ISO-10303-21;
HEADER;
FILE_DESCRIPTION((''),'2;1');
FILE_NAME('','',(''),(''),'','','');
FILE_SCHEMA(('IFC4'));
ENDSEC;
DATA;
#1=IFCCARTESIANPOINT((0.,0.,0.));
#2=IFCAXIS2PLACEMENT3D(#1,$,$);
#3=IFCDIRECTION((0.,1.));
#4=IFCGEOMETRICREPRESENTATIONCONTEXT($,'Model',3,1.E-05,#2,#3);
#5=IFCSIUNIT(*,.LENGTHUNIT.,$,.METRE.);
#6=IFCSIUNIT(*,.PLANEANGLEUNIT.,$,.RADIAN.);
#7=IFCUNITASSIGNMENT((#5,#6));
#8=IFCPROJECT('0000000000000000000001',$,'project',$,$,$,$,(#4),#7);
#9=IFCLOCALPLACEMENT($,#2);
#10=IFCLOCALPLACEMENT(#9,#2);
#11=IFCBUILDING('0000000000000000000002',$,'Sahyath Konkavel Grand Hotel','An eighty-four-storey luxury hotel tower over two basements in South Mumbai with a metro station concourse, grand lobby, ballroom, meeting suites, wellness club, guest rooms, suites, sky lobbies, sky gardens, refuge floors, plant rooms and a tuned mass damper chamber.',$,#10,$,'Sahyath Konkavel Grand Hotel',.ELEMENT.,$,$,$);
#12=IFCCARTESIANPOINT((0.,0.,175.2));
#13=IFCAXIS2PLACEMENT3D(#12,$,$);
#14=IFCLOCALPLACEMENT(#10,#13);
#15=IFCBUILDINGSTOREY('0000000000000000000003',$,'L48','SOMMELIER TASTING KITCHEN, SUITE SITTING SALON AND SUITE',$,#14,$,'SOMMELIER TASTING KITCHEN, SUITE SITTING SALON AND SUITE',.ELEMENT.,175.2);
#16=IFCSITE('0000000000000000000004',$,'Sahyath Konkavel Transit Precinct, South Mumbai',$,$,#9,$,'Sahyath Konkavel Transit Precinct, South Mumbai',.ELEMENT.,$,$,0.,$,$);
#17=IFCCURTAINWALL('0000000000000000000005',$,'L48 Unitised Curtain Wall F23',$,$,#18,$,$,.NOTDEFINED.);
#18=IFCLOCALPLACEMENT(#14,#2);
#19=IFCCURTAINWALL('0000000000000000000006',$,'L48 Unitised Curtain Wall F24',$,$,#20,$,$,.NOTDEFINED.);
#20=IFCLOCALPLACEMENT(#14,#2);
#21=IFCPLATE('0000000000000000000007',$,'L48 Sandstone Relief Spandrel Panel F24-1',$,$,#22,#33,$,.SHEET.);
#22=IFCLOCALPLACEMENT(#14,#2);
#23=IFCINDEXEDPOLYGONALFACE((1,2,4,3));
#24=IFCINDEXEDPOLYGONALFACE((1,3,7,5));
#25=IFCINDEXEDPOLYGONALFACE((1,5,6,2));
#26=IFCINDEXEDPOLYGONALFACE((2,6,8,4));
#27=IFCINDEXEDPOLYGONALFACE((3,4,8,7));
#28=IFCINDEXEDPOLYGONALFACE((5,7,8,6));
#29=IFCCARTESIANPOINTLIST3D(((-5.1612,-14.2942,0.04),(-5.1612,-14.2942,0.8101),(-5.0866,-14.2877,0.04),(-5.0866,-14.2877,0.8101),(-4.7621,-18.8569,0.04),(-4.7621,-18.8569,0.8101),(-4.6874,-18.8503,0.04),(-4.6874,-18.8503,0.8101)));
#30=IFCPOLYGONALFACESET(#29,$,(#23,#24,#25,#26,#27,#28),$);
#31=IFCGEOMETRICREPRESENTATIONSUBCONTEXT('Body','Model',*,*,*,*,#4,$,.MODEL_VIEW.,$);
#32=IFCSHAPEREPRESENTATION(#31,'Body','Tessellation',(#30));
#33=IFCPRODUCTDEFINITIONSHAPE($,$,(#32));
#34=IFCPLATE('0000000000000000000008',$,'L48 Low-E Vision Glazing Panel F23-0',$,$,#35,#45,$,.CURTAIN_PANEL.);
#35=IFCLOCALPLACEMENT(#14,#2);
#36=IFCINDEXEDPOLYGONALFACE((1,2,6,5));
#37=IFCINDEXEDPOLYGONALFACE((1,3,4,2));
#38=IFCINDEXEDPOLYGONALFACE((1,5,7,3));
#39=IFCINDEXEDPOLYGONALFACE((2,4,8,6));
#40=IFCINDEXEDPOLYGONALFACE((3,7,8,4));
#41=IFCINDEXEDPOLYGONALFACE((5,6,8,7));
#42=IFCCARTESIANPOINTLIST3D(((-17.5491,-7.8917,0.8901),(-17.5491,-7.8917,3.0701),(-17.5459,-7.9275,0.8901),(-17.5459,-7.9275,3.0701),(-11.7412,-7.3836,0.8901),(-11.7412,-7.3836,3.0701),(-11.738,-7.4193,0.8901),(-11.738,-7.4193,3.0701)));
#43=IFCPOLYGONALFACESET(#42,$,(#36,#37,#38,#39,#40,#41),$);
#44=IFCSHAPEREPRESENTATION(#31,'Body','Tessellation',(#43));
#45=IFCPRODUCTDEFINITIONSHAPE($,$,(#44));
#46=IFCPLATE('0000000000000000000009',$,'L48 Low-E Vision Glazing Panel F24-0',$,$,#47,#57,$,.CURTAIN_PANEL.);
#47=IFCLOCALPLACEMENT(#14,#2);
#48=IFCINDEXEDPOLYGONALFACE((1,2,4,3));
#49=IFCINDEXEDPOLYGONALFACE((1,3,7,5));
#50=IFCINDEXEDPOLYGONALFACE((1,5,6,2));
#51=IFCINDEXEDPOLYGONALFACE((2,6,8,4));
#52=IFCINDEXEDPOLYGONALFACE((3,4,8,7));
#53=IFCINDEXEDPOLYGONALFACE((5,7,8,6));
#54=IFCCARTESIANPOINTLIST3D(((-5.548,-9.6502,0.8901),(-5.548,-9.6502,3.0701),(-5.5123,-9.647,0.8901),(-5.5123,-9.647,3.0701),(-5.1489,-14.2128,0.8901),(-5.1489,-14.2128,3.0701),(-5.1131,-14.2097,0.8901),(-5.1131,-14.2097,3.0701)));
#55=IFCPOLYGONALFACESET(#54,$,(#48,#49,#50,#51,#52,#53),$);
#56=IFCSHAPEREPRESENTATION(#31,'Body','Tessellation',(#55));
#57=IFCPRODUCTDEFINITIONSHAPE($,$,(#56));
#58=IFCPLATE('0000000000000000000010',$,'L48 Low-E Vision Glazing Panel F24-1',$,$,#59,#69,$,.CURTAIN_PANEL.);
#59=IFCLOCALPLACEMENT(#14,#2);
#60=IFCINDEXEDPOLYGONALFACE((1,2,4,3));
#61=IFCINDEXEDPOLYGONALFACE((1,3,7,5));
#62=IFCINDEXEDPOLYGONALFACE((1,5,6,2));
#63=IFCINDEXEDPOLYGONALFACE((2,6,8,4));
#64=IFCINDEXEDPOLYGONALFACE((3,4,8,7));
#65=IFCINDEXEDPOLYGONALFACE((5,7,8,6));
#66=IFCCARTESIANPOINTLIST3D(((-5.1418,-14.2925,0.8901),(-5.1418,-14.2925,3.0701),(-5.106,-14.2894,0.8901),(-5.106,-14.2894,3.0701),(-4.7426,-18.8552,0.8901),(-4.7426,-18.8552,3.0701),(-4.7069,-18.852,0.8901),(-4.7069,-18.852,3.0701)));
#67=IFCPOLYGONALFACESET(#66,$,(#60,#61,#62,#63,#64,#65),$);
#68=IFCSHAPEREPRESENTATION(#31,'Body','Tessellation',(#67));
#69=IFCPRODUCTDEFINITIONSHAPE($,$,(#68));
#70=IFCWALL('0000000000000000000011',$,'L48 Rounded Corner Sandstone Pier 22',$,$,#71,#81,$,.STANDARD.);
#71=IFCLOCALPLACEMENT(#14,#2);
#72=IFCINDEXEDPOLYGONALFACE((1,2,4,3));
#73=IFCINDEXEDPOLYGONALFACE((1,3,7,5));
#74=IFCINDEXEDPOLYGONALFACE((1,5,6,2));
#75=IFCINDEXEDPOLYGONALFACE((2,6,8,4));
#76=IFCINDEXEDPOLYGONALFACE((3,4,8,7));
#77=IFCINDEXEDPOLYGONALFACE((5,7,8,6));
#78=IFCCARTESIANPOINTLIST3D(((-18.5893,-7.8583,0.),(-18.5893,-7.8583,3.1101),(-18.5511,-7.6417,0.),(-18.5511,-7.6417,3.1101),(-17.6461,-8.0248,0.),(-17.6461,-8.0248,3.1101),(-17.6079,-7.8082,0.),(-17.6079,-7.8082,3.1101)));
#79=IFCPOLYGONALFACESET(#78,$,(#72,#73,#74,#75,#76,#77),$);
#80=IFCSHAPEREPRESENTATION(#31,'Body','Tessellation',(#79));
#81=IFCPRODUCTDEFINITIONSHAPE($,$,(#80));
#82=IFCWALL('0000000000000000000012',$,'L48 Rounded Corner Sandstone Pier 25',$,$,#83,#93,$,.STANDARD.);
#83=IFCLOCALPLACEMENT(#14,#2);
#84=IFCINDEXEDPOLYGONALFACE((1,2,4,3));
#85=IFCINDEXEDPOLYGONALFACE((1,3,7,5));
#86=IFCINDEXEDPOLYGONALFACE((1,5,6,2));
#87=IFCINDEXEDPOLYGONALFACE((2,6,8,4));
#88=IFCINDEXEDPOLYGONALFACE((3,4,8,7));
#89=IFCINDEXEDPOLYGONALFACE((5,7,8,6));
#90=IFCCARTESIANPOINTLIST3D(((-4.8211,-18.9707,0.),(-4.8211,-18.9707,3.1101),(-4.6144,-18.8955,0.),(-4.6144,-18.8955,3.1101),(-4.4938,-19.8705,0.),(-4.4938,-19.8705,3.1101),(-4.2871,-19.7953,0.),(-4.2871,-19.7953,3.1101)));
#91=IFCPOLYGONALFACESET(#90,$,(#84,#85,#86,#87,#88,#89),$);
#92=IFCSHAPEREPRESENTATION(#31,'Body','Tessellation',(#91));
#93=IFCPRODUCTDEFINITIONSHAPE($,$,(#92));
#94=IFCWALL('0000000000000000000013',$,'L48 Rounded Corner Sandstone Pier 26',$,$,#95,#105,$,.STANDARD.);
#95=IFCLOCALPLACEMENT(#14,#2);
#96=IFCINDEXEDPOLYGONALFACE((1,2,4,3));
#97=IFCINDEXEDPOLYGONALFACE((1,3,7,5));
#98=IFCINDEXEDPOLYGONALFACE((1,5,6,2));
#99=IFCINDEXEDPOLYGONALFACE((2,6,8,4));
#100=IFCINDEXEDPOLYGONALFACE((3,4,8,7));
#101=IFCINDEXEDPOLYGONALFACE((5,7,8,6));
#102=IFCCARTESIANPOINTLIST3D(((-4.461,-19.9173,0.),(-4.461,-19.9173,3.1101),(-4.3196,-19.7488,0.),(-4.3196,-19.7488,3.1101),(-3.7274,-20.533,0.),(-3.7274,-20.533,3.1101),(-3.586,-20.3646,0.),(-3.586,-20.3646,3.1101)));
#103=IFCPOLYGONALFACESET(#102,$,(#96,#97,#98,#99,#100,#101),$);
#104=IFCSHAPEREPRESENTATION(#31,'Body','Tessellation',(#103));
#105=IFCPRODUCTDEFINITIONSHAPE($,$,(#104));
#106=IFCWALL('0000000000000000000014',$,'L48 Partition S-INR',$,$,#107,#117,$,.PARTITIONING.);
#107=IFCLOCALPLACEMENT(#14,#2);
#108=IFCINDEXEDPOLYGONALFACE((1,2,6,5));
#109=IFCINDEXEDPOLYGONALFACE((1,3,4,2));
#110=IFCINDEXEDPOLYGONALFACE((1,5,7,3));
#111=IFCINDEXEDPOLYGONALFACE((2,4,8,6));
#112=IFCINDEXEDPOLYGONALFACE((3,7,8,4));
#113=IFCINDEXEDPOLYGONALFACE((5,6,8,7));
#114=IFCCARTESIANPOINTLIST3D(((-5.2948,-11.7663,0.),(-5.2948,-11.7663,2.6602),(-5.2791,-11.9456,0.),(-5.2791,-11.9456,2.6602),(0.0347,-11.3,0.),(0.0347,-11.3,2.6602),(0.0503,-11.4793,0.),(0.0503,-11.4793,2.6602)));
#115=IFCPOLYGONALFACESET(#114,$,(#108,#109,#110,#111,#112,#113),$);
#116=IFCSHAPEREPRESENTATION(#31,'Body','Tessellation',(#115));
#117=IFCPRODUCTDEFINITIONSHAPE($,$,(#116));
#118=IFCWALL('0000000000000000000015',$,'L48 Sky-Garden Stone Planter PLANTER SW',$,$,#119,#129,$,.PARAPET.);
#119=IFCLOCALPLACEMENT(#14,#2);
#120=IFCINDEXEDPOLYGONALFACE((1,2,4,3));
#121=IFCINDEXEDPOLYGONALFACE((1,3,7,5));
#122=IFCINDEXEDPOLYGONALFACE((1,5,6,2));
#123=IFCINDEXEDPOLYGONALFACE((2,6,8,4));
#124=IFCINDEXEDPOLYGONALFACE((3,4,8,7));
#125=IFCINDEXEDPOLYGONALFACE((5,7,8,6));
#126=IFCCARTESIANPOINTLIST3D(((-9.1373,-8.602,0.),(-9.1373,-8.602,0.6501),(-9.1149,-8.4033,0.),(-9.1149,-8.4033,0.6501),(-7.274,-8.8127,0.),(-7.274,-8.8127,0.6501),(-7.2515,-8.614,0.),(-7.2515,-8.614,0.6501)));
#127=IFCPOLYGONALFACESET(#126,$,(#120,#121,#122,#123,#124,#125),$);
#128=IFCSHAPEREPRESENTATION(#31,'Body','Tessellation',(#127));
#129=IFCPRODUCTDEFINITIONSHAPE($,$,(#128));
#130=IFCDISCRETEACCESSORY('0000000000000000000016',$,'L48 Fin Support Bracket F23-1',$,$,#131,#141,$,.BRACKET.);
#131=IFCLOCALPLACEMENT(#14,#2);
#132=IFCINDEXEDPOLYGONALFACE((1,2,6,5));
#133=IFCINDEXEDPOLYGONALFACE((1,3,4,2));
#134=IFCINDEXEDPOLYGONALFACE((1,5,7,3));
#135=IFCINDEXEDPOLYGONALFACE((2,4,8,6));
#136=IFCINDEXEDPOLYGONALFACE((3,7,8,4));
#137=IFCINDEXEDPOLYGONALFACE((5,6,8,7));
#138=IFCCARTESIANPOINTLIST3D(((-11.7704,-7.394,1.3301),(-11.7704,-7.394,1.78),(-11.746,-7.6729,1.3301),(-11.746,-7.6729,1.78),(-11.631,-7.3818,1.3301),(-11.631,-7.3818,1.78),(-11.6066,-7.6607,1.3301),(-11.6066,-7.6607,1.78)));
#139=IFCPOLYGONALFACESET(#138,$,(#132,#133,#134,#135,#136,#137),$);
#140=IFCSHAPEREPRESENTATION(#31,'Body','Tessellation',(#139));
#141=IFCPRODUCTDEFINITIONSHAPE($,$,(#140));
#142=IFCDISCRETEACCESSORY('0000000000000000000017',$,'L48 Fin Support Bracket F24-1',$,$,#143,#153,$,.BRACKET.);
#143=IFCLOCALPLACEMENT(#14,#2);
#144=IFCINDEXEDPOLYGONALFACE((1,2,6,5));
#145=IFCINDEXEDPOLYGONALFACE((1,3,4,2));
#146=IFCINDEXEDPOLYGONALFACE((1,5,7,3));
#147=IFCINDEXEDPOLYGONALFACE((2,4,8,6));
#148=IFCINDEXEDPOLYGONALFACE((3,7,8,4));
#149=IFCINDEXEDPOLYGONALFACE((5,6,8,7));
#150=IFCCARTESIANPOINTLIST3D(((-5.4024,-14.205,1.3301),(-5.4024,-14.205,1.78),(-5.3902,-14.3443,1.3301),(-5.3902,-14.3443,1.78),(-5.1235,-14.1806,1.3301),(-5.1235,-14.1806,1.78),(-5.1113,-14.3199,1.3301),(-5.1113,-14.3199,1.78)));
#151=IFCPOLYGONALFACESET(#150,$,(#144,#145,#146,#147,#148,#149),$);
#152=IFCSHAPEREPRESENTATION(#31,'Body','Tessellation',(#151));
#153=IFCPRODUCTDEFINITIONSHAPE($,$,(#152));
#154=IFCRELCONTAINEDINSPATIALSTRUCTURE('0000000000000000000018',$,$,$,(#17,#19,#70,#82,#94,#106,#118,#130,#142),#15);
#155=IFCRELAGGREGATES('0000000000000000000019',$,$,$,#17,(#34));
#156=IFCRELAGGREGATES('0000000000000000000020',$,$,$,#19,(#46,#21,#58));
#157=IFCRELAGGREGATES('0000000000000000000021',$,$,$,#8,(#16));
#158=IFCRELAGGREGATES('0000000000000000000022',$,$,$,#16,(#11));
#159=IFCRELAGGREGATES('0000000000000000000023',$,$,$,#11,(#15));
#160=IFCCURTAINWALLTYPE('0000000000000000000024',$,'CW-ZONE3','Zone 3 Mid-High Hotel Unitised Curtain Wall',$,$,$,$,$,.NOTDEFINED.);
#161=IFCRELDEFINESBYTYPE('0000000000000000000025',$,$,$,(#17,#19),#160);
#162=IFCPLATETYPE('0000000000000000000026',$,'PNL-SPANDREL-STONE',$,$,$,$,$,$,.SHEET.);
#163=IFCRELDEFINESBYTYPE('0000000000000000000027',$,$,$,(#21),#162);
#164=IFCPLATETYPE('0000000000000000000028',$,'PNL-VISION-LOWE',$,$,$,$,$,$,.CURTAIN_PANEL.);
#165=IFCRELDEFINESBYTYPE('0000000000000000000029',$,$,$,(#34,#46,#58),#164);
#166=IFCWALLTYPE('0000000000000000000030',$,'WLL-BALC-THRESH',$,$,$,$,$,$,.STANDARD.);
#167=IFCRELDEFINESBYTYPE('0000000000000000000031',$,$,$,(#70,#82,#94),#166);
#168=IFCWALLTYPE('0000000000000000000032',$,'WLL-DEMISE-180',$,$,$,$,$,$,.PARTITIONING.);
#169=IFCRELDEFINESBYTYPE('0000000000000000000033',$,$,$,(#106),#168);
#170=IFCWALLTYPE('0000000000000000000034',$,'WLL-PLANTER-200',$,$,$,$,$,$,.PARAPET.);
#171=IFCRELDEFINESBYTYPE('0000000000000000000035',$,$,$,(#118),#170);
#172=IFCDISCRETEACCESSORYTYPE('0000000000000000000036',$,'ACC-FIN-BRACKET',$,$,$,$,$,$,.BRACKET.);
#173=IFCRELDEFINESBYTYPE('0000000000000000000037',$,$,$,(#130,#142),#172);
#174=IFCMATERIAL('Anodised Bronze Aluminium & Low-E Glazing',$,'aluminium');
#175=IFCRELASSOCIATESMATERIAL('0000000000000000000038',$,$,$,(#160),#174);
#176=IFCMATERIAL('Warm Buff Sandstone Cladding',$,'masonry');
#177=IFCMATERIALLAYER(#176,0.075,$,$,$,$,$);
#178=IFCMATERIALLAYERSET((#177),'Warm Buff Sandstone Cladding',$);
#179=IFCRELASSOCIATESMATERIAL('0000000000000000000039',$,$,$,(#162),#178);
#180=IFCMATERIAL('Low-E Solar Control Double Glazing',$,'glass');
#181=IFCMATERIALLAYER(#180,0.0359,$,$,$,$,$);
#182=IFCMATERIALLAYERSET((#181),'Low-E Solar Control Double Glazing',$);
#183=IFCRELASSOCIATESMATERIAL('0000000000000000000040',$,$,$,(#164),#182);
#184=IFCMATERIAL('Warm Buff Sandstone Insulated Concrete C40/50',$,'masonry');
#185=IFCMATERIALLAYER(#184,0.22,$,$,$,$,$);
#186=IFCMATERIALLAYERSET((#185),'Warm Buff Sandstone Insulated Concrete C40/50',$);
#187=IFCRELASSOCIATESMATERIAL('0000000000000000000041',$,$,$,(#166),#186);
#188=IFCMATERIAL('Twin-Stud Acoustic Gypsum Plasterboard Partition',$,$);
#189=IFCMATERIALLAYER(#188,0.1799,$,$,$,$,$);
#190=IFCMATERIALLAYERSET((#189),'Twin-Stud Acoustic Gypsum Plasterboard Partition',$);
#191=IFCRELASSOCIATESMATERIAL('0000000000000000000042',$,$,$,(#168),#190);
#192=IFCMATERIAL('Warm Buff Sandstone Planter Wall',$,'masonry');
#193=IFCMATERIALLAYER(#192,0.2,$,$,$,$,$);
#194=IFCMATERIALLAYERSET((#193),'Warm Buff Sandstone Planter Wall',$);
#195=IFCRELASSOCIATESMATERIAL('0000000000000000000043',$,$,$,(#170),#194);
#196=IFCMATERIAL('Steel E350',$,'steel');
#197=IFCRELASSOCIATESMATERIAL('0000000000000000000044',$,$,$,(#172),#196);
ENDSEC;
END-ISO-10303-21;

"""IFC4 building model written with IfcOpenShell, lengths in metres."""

from ifc_helpers import new_model, si_unit, direction, frame, frame_2d, origin, origin_2d, place, context, subcontext, project, spatial, rectangle, extrude, source, transform, mapped, material, layer, layer_set, type_object, element, aggregate, save


model = new_model("IFC4")

# Units and contexts
model_context = context("Model", 3, precision=1e-05, world=origin(), true_north=direction((0.0, 1.0)))
body_context = subcontext(model_context, "Body", "Model", "MODEL_VIEW")
ifc_project = project(units=[si_unit("LENGTHUNIT", "METRE"), si_unit("PLANEANGLEUNIT", "RADIAN")], contexts=[model_context])

# Site, building, storey
site_placement = place(None, origin())
site = spatial("IfcSite", under=ifc_project, at=site_placement, Name="Sahyath Konkavel Transit Precinct, South Mumbai", LongName="Sahyath Konkavel Transit Precinct, South Mumbai", CompositionType="ELEMENT", RefElevation=0.0)
building_placement = place(site_placement, origin())
building = spatial("IfcBuilding", under=site, at=building_placement, Name="Sahyath Konkavel Grand Hotel", Description="An eighty-four-storey luxury hotel tower over two basements in South Mumbai with a metro station concourse, grand lobby, ballroom, meeting suites, wellness club, guest rooms, suites, sky lobbies, sky gardens, refuge floors, plant rooms and a tuned mass damper chamber.", LongName="Sahyath Konkavel Grand Hotel", CompositionType="ELEMENT")
storey_placement = place(building_placement, frame((0.0, 0.0, 175.2)))
storey = spatial("IfcBuildingStorey", under=building, at=storey_placement, Name="L48", Description="SOMMELIER TASTING KITCHEN, SUITE SITTING SALON AND SUITE", LongName="SOMMELIER TASTING KITCHEN, SUITE SITTING SALON AND SUITE", CompositionType="ELEMENT", Elevation=175.2)

# Curtain walls
ifc_material_1 = material(Name="Anodised Bronze Aluminium & Low-E Glazing", Category="aluminium")
curtain_wall_type = type_object("IfcCurtainWallType", Name="CW-ZONE3", Description="Zone 3 Mid-High Hotel Unitised Curtain Wall", PredefinedType="NOTDEFINED", material=ifc_material_1)
curtain_wall_1_placement = place(storey_placement, origin())
curtain_wall_1 = element("IfcCurtainWall", 1, at=curtain_wall_1_placement, inside=storey, type_object=curtain_wall_type, Name="L48 Unitised Curtain Wall F23", PredefinedType="NOTDEFINED")
curtain_wall_2_placement = place(storey_placement, origin())
curtain_wall_2 = element("IfcCurtainWall", 2, at=curtain_wall_2_placement, inside=storey, type_object=curtain_wall_type, Name="L48 Unitised Curtain Wall F24", PredefinedType="NOTDEFINED")

# Plates
ifc_material_2 = material(Name="Warm Buff Sandstone Cladding", Category="masonry")
ifc_layer_1 = layer(ifc_material_2, 0.075)
ifc_layer_set_1 = layer_set([ifc_layer_1], Name="Warm Buff Sandstone Cladding")
plate_type_1 = type_object("IfcPlateType", Name="PNL-SPANDREL-STONE", PredefinedType="SHEET", material=ifc_layer_set_1)
shared_shape_1 = source(origin(), body_context, "Body", "SweptSolid", [
    extrude(rectangle(XDim=4.5801, YDim=0.075, at=origin_2d()), origin(), (0.0, 0.0, 1.0), 0.77),
])
plate_1_placement = place(storey_placement, frame((-4.9243, -16.5723, 0.04), z_axis=(0.0, 0.0, 1.0), x_axis=(0.087156, -0.996195, 0.0)))
plate_1 = element("IfcPlate", 3, at=plate_1_placement, type_object=plate_type_1, Name="L48 Sandstone Relief Spandrel Panel F24-1", PredefinedType="SHEET", context=body_context, shape_type="MappedRepresentation", body=[
    mapped(shared_shape_1, transform((0.0, 0.0, 0.0), scale=1.0)),
])
ifc_material_3 = material(Name="Low-E Solar Control Double Glazing", Category="glass")
ifc_layer_2 = layer(ifc_material_3, 0.0359)
ifc_layer_set_2 = layer_set([ifc_layer_2], Name="Low-E Solar Control Double Glazing")
plate_type_2 = type_object("IfcPlateType", Name="PNL-VISION-LOWE", PredefinedType="CURTAIN_PANEL", material=ifc_layer_set_2)
shared_shape_2 = source(origin(), body_context, "Body", "SweptSolid", [
    extrude(rectangle(XDim=5.8301, YDim=0.0359, at=origin_2d()), origin(), (0.0, 0.0, 1.0), 2.1799),
])
plate_2_placement = place(storey_placement, frame((-14.6436, -7.6555, 0.8901), z_axis=(0.0, 0.0, 1.0), x_axis=(0.996195, 0.087156, 0.0)))
plate_2 = element("IfcPlate", 4, at=plate_2_placement, type_object=plate_type_2, Name="L48 Low-E Vision Glazing Panel F23-0", PredefinedType="CURTAIN_PANEL", context=body_context, shape_type="MappedRepresentation", body=[
    mapped(shared_shape_2, transform((0.0, 0.0, 0.0), scale=1.0)),
])
aggregate(curtain_wall_1, [plate_2])
shared_shape_3 = source(origin(), body_context, "Body", "SweptSolid", [
    extrude(rectangle(XDim=4.5801, YDim=0.0359, at=origin_2d()), origin(), (0.0, 0.0, 1.0), 2.1799),
])
plate_3_placement = place(storey_placement, frame((-5.3306, -11.9299, 0.8901), z_axis=(0.0, 0.0, 1.0), x_axis=(0.087156, -0.996195, 0.0)))
plate_3 = element("IfcPlate", 5, at=plate_3_placement, type_object=plate_type_2, Name="L48 Low-E Vision Glazing Panel F24-0", PredefinedType="CURTAIN_PANEL", context=body_context, shape_type="MappedRepresentation", body=[
    mapped(shared_shape_3, transform((0.0, 0.0, 0.0), scale=1.0)),
])
plate_4_placement = place(storey_placement, frame((-4.9243, -16.5723, 0.8901), z_axis=(0.0, 0.0, 1.0), x_axis=(0.087156, -0.996195, 0.0)))
plate_4 = element("IfcPlate", 6, at=plate_4_placement, type_object=plate_type_2, Name="L48 Low-E Vision Glazing Panel F24-1", PredefinedType="CURTAIN_PANEL", context=body_context, shape_type="MappedRepresentation", body=[
    mapped(shared_shape_3, transform((0.0, 0.0, 0.0), scale=1.0)),
])
aggregate(curtain_wall_2, [plate_3, plate_1, plate_4])

# Walls
ifc_material_4 = material(Name="Warm Buff Sandstone Insulated Concrete C40/50", Category="masonry")
ifc_layer_3 = layer(ifc_material_4, 0.22)
ifc_layer_set_3 = layer_set([ifc_layer_3], Name="Warm Buff Sandstone Insulated Concrete C40/50")
wall_type_1 = type_object("IfcWallType", Name="WLL-BALC-THRESH", PredefinedType="STANDARD", material=ifc_layer_set_3)
wall_1_placement = place(storey_placement, frame((-18.5703, -7.75, 0.0), z_axis=(0.0, 0.0, 1.0), x_axis=(0.984771, -0.173858, 0.0)))
element("IfcWall", 7, at=wall_1_placement, inside=storey, type_object=wall_type_1, Name="L48 Rounded Corner Sandstone Pier 22", PredefinedType="STANDARD", context=body_context, shape_type="SweptSolid", body=[
    extrude(rectangle(XDim=0.9578, YDim=0.22, at=frame_2d((0.479, 0.0))), origin(), (0.0, 0.0, 1.0), 3.1101),
])
wall_2_placement = place(storey_placement, frame((-4.7178, -18.9331, 0.0), z_axis=(0.0, 0.0, 1.0), x_axis=(0.341886, -0.939741, 0.0)))
element("IfcWall", 8, at=wall_2_placement, inside=storey, type_object=wall_type_1, Name="L48 Rounded Corner Sandstone Pier 25", PredefinedType="STANDARD", context=body_context, shape_type="SweptSolid", body=[
    extrude(rectangle(XDim=0.9575, YDim=0.22, at=frame_2d((0.4788, 0.0))), origin(), (0.0, 0.0, 1.0), 3.1101),
])
wall_3_placement = place(storey_placement, frame((-4.3904, -19.833, 0.0), z_axis=(0.0, 0.0, 1.0), x_axis=(0.765981, -0.642863, 0.0)))
element("IfcWall", 9, at=wall_3_placement, inside=storey, type_object=wall_type_1, Name="L48 Rounded Corner Sandstone Pier 26", PredefinedType="STANDARD", context=body_context, shape_type="SweptSolid", body=[
    extrude(rectangle(XDim=0.9578, YDim=0.22, at=frame_2d((0.479, 0.0))), origin(), (0.0, 0.0, 1.0), 3.1101),
])
ifc_material_5 = material(Name="Twin-Stud Acoustic Gypsum Plasterboard Partition")
ifc_layer_4 = layer(ifc_material_5, 0.1799)
ifc_layer_set_4 = layer_set([ifc_layer_4], Name="Twin-Stud Acoustic Gypsum Plasterboard Partition")
wall_type_2 = type_object("IfcWallType", Name="WLL-DEMISE-180", PredefinedType="PARTITIONING", material=ifc_layer_set_4)
wall_4_placement = place(storey_placement, frame((-5.2869, -11.856, 0.0), z_axis=(0.0, 0.0, 1.0), x_axis=(0.996194, 0.087161, 0.0)))
element("IfcWall", 10, at=wall_4_placement, inside=storey, type_object=wall_type_2, Name="L48 Partition S-INR", PredefinedType="PARTITIONING", context=body_context, shape_type="SweptSolid", body=[
    extrude(rectangle(XDim=5.3499, YDim=0.1799, at=frame_2d((2.6748, 0.0))), origin(), (0.0, 0.0, 1.0), 2.6602),
])
ifc_material_6 = material(Name="Warm Buff Sandstone Planter Wall", Category="masonry")
ifc_layer_5 = layer(ifc_material_6, 0.2)
ifc_layer_set_5 = layer_set([ifc_layer_5], Name="Warm Buff Sandstone Planter Wall")
wall_type_3 = type_object("IfcWallType", Name="WLL-PLANTER-200", PredefinedType="PARAPET", material=ifc_layer_set_5)
wall_5_placement = place(storey_placement, frame((-9.126, -8.5027, 0.0), z_axis=(0.0, 0.0, 1.0), x_axis=(0.993668, -0.11236, 0.0)))
element("IfcWall", 11, at=wall_5_placement, inside=storey, type_object=wall_type_3, Name="L48 Sky-Garden Stone Planter PLANTER SW", PredefinedType="PARAPET", context=body_context, shape_type="SweptSolid", body=[
    extrude(rectangle(XDim=1.8752, YDim=0.2, at=frame_2d((0.9375, 0.0))), origin(), (0.0, 0.0, 1.0), 0.6501),
])

# Discrete accessories
ifc_material_7 = material(Name="Steel E350", Category="steel")
discrete_accessory_type = type_object("IfcDiscreteAccessoryType", Name="ACC-FIN-BRACKET", PredefinedType="BRACKET", material=ifc_material_7)
shared_shape_4 = source(origin(), body_context, "Body", "SweptSolid", [
    extrude(rectangle(XDim=0.28, YDim=0.1399, at=origin_2d()), origin(), (0.0, 0.0, 1.0), 0.45),
])
for number, where, z_axis, x_axis, name in (
    (12, (-11.6885, -7.5273, 1.3301), (0.0, 0.0, 1.0), (0.087156, -0.996195, 0.0), "L48 Fin Support Bracket F23-1"),
    (13, (-5.2568, -14.2625, 1.3301), (0.0, 0.0, 1.0), (-0.996195, -0.087156, 0.0), "L48 Fin Support Bracket F24-1"),
):
    element("IfcDiscreteAccessory", number, at=place(storey_placement, frame(where, z_axis=z_axis, x_axis=x_axis)), inside=storey, type_object=discrete_accessory_type, Name=name, PredefinedType="BRACKET", context=body_context, shape_type="MappedRepresentation", body=[
        mapped(shared_shape_4, transform((0.0, 0.0, 0.0), scale=1.0)),
    ])

save(model, "model.ifc")
